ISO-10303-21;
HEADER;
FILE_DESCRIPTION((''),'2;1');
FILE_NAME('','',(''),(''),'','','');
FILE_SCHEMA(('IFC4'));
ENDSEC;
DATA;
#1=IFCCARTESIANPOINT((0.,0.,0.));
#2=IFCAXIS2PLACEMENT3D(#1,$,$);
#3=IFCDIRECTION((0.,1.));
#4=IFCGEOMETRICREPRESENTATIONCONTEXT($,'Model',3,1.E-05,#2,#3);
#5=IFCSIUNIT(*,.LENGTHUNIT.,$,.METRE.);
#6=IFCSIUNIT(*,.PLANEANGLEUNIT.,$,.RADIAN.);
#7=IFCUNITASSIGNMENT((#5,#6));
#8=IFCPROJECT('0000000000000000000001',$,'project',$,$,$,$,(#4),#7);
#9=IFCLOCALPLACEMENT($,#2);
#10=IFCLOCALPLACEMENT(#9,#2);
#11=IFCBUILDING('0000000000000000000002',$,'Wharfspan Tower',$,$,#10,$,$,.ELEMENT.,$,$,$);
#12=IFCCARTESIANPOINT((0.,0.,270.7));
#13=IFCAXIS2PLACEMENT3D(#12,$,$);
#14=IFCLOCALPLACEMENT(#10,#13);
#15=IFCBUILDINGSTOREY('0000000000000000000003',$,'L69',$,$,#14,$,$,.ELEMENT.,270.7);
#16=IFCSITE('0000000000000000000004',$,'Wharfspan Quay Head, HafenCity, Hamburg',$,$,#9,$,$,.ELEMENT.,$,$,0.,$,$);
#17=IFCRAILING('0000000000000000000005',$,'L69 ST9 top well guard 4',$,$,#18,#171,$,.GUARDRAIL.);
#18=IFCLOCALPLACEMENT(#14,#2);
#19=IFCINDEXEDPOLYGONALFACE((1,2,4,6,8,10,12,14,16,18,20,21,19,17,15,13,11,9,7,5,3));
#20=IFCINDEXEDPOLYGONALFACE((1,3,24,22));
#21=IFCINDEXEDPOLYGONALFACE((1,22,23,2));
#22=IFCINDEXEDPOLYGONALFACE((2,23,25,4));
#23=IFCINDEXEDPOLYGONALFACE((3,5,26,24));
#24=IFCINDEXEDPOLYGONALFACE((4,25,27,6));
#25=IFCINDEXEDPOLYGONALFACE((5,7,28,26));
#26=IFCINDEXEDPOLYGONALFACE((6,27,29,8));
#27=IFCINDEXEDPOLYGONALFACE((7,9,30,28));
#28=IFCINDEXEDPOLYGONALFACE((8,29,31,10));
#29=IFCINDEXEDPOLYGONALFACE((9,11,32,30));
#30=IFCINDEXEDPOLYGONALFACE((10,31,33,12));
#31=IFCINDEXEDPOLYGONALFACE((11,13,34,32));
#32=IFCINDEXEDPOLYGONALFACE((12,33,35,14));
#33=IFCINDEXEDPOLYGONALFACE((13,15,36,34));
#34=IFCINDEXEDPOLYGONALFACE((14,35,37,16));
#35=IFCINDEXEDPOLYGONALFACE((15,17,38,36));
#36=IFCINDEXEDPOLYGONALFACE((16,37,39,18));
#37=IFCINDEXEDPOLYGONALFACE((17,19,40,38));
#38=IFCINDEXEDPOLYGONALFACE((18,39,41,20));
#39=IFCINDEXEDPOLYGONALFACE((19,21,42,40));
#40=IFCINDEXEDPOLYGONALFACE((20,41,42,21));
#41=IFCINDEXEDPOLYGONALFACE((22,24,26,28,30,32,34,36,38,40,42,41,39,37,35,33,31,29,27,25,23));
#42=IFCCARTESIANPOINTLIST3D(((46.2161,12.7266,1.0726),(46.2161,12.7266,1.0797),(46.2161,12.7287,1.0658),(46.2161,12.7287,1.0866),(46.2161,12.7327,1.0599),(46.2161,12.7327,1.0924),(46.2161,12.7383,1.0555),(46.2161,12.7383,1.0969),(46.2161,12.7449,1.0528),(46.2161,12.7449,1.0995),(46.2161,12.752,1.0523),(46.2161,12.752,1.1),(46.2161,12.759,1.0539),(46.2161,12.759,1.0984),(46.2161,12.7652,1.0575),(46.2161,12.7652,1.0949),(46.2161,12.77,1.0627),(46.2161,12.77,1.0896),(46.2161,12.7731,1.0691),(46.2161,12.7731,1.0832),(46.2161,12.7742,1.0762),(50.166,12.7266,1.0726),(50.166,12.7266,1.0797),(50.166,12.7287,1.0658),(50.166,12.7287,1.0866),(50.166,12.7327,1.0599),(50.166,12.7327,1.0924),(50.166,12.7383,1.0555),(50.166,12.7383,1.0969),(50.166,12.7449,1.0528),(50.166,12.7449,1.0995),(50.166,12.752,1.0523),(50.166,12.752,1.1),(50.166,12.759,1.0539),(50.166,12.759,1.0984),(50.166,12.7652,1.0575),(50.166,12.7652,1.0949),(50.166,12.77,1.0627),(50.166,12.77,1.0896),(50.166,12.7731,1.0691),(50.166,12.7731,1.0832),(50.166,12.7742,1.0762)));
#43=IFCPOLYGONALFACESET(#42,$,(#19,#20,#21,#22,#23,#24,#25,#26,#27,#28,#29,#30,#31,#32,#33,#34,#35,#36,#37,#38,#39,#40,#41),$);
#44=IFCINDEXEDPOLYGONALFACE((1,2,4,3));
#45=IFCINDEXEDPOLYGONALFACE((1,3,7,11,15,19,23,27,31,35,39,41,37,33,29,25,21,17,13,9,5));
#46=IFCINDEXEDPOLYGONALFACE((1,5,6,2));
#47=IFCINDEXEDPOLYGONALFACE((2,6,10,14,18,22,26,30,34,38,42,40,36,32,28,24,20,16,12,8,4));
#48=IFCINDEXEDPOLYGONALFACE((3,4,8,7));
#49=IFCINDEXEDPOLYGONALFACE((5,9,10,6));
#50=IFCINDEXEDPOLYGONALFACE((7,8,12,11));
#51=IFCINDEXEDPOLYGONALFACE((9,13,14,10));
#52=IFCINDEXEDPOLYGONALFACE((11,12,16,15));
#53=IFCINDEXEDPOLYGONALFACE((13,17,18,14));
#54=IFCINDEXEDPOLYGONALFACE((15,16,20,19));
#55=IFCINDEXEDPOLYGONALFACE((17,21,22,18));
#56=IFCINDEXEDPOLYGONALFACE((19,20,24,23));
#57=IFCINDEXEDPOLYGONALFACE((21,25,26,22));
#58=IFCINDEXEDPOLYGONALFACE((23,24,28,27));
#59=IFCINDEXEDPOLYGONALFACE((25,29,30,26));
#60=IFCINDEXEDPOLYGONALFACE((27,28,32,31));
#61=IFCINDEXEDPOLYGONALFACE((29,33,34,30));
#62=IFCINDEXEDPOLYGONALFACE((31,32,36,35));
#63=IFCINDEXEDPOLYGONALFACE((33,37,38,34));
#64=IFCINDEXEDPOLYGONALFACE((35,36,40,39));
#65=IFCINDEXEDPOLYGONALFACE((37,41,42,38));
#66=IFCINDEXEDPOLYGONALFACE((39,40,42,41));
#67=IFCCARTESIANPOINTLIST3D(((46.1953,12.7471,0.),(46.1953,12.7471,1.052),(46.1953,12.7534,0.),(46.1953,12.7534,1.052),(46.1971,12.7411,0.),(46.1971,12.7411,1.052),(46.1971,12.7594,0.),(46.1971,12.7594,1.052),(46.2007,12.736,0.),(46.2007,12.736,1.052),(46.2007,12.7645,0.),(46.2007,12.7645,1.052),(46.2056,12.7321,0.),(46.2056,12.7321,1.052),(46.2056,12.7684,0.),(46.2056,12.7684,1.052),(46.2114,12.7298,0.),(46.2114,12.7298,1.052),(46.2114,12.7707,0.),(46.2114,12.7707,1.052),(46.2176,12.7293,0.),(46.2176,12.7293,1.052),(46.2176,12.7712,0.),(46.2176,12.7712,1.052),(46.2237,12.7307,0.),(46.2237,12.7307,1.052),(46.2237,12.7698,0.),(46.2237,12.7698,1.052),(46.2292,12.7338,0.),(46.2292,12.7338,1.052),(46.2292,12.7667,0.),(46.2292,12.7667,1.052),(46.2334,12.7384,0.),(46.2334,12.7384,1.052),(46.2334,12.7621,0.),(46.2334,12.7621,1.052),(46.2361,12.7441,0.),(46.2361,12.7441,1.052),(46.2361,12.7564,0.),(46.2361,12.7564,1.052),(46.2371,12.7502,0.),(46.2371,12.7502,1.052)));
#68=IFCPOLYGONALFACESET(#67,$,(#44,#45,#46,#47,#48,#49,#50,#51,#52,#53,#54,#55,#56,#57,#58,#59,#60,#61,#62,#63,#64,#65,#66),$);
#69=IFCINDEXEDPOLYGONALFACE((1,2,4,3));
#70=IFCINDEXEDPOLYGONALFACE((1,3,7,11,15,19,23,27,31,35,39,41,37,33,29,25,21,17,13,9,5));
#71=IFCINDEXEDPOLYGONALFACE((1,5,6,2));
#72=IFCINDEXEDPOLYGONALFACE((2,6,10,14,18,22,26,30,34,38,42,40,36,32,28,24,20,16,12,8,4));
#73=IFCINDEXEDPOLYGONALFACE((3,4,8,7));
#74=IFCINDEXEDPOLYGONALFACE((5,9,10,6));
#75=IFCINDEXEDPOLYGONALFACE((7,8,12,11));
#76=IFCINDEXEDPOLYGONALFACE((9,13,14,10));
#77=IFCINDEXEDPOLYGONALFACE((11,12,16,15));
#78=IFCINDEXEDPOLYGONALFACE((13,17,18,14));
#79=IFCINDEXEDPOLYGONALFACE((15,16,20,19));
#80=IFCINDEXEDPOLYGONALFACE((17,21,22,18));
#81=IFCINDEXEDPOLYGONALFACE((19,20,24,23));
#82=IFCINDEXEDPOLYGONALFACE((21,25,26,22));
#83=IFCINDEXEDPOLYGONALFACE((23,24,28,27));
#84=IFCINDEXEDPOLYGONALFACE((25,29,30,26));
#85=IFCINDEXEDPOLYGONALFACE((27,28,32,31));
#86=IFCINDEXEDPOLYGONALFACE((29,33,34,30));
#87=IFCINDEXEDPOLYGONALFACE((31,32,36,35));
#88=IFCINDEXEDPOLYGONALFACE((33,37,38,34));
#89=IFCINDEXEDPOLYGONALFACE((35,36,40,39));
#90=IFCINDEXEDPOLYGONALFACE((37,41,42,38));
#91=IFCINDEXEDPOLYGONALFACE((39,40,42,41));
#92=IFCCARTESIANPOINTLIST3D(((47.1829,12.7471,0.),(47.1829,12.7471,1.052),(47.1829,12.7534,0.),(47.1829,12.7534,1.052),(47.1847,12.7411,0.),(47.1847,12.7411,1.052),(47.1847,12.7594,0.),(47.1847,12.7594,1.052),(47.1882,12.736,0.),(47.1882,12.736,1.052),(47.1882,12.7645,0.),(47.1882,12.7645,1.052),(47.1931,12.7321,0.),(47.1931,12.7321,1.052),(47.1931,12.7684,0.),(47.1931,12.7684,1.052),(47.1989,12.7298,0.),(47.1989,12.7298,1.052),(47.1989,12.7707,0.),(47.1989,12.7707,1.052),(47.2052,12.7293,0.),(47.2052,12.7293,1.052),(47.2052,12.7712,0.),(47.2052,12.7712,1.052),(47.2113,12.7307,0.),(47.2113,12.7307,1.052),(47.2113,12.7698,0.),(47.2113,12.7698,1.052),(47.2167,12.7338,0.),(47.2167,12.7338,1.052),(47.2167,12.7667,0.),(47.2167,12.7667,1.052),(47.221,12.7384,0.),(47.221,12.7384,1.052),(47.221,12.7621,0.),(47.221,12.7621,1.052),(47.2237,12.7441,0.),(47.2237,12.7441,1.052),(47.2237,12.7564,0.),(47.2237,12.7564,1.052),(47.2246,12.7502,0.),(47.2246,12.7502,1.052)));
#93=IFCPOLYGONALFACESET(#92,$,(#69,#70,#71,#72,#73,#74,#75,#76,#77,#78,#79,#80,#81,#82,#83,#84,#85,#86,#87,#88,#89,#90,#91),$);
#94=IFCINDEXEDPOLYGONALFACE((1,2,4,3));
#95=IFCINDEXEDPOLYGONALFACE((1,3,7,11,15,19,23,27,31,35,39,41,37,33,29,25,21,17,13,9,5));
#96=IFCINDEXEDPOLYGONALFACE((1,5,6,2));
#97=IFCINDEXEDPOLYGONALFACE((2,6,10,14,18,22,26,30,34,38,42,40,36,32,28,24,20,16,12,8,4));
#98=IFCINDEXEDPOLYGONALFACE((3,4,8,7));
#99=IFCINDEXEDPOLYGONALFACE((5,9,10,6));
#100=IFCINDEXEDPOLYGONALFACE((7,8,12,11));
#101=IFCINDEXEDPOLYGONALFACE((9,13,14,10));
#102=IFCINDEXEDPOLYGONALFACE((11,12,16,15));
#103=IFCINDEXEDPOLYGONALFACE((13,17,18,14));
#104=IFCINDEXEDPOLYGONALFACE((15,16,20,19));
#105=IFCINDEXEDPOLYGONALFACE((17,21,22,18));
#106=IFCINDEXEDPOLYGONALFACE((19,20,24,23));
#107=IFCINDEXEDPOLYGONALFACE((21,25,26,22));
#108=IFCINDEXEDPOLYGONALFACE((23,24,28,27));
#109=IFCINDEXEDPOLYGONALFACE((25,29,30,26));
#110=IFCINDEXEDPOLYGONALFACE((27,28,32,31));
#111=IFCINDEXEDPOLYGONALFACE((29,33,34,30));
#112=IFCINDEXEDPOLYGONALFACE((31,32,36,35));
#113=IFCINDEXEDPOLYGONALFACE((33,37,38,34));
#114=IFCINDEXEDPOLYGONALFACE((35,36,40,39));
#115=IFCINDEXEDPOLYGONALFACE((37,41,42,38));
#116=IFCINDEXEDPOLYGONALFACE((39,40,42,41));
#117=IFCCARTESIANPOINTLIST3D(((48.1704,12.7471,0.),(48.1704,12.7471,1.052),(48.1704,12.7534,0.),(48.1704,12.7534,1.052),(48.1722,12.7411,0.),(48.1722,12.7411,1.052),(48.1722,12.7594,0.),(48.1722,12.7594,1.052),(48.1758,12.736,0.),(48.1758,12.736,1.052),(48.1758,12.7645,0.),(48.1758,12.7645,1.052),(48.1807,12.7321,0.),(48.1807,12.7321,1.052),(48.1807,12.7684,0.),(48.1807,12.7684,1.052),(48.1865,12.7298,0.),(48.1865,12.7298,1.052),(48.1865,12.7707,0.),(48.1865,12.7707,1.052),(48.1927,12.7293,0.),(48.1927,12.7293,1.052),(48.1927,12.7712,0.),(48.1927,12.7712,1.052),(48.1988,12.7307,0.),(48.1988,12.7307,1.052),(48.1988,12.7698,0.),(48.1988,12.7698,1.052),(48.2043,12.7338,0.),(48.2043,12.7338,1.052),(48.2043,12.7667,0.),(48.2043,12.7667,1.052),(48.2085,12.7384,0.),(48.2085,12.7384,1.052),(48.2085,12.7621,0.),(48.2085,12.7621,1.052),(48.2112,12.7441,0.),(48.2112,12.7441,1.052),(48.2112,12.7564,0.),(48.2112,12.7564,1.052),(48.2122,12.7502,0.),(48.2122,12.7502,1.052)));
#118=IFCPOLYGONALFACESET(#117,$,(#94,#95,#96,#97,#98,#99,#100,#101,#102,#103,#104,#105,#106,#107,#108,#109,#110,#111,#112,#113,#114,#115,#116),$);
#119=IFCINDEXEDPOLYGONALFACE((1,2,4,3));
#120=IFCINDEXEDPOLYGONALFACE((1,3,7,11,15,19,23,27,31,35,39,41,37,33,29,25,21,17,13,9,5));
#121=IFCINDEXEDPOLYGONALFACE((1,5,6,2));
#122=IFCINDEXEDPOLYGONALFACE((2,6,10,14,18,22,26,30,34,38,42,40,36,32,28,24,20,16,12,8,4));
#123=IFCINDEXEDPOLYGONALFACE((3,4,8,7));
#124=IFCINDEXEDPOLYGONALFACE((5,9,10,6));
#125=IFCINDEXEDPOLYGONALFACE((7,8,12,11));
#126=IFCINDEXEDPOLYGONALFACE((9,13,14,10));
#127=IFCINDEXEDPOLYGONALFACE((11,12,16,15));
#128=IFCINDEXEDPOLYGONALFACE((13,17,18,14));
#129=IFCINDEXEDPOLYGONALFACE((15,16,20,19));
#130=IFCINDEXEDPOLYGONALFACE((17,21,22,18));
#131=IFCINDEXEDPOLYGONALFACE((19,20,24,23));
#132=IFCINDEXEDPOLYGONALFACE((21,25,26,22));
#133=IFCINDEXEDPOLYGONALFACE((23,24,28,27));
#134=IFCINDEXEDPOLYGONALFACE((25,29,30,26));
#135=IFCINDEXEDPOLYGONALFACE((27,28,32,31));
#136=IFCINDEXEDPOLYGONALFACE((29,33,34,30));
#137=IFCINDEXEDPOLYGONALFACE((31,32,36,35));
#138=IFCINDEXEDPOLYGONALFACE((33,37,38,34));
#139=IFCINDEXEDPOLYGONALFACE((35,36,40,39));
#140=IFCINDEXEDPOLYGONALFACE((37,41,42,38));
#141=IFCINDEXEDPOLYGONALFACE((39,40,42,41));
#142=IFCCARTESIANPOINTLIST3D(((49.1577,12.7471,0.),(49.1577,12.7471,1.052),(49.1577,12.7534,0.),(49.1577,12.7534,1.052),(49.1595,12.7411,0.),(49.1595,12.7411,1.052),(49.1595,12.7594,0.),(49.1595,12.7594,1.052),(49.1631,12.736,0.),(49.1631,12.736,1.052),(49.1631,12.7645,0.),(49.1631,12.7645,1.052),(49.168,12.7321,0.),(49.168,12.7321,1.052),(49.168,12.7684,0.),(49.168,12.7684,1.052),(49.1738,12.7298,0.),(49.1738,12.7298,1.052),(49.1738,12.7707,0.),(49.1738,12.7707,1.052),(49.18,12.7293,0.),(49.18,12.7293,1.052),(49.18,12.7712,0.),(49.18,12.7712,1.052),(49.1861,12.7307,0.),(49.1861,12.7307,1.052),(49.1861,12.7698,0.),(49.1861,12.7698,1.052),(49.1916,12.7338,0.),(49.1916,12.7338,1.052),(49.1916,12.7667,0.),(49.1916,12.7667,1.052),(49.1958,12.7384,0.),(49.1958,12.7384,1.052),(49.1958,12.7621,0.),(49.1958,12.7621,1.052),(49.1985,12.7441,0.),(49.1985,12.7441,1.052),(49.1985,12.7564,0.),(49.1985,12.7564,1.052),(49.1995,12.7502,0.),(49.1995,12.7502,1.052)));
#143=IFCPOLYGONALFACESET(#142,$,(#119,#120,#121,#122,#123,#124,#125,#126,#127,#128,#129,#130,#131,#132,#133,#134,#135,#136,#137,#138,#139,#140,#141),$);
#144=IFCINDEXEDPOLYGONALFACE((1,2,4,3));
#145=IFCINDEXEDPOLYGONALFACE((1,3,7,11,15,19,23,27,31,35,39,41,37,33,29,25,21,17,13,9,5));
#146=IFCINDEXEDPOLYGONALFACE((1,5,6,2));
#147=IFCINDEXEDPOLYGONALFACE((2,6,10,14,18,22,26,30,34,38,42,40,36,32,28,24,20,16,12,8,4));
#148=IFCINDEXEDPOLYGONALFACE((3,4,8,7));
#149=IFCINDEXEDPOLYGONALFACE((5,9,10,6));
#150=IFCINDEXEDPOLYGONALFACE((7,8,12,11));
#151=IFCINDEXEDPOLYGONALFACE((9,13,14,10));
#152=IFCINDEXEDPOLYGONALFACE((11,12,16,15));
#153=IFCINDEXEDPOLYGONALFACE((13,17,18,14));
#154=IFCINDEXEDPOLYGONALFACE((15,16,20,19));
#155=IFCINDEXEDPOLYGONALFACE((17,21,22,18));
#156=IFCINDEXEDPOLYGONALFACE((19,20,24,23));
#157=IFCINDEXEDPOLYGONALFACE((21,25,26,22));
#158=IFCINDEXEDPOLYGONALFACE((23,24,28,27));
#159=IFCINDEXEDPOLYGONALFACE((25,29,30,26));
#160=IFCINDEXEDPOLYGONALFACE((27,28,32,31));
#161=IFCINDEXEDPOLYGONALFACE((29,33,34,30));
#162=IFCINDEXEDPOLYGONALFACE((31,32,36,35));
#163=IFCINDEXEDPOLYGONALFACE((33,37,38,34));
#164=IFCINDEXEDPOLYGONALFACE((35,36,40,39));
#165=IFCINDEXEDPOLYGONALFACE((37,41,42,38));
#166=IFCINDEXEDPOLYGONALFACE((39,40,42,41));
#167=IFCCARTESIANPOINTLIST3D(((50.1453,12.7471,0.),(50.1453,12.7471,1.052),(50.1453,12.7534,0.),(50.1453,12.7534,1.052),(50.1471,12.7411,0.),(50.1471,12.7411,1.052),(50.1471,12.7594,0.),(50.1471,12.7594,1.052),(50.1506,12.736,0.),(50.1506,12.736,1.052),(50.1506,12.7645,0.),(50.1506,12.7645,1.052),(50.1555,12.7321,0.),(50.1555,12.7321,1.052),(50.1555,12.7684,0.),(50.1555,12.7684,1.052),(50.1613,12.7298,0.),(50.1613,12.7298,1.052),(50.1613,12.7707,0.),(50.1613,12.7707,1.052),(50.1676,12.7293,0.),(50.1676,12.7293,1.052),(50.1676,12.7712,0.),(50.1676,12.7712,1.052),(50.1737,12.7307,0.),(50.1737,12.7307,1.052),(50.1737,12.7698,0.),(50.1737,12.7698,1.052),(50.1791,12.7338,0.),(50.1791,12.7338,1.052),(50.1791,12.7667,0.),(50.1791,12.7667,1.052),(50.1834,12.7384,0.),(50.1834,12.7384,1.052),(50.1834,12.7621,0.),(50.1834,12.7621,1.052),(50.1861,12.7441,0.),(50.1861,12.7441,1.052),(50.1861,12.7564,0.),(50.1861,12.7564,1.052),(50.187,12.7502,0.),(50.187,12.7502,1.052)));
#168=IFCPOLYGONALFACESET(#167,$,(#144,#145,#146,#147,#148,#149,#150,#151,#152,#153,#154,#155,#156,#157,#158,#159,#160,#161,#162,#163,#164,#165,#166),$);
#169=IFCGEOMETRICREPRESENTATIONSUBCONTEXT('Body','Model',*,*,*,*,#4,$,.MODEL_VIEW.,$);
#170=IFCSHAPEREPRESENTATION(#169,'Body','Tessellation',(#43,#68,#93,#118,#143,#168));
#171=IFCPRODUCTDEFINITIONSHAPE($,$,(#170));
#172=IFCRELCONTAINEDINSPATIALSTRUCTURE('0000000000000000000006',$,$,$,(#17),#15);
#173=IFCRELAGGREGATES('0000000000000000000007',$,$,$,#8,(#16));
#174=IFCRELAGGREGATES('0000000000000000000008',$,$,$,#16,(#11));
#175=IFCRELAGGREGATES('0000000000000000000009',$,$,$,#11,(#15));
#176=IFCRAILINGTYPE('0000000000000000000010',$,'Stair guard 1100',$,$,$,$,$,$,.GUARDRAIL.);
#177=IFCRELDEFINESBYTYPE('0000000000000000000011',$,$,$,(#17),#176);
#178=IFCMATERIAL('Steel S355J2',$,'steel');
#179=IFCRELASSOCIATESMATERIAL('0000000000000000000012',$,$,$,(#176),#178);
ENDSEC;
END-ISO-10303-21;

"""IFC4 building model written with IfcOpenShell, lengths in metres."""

from ifc_helpers import new_model, si_unit, direction, frame, origin, origin_2d, place, context, subcontext, project, spatial, circle, extrude, material, type_object, element, save


model = new_model("IFC4")

# Units and contexts
model_context = context("Model", 3, precision=1e-05, world=origin(), true_north=direction((0.0, 1.0)))
body_context = subcontext(model_context, "Body", "Model", "MODEL_VIEW")
ifc_project = project(units=[si_unit("LENGTHUNIT", "METRE"), si_unit("PLANEANGLEUNIT", "RADIAN")], contexts=[model_context])

# Site, building, storey
site_placement = place(None, origin())
site = spatial("IfcSite", under=ifc_project, at=site_placement, Name="Wharfspan Quay Head, HafenCity, Hamburg", CompositionType="ELEMENT", RefElevation=0.0)
building_placement = place(site_placement, origin())
building = spatial("IfcBuilding", under=site, at=building_placement, Name="Wharfspan Tower", CompositionType="ELEMENT")
storey_placement = place(building_placement, frame((0.0, 0.0, 270.7)))
storey = spatial("IfcBuildingStorey", under=building, at=storey_placement, Name="L69", CompositionType="ELEMENT", Elevation=270.7)

# Shared definitions
ifc_material_1 = material(Name="Steel S355J2", Category="steel")

# Railing
railing_type_1 = type_object("IfcRailingType", Name="Stair guard 1100", PredefinedType="GUARDRAIL", material=ifc_material_1)
railing_1_placement = place(storey_placement, frame((46.2161, 12.7502, 0.0)))
element("IfcRailing", 1, at=railing_1_placement, inside=storey, type_object=railing_type_1, Name="L69 ST9 top well guard 4", PredefinedType="GUARDRAIL", context=body_context, shape_type="SweptSolid", body=[
    extrude(circle(Radius=0.0239, at=origin_2d()), frame((0.0, 0.0, 1.0762), z_axis=(1.0, 0.0, 0.0), x_axis=(0.0, 1.0, 0.0)), (0.0, 0.0, 1.0), 3.95),
    extrude(circle(Radius=0.021, at=origin_2d()), origin(), (0.0, 0.0, 1.0), 1.052),
    extrude(circle(Radius=0.021, at=origin_2d()), frame((0.9875, 0.0, 0.0)), (0.0, 0.0, 1.0), 1.052),
    extrude(circle(Radius=0.021, at=origin_2d()), frame((1.9751, 0.0, 0.0)), (0.0, 0.0, 1.0), 1.052),
    extrude(circle(Radius=0.021, at=origin_2d()), frame((2.9624, 0.0, 0.0)), (0.0, 0.0, 1.0), 1.052),
    extrude(circle(Radius=0.021, at=origin_2d()), frame((3.95, 0.0, 0.0)), (0.0, 0.0, 1.0), 1.052),
])

save(model, "model.ifc")
